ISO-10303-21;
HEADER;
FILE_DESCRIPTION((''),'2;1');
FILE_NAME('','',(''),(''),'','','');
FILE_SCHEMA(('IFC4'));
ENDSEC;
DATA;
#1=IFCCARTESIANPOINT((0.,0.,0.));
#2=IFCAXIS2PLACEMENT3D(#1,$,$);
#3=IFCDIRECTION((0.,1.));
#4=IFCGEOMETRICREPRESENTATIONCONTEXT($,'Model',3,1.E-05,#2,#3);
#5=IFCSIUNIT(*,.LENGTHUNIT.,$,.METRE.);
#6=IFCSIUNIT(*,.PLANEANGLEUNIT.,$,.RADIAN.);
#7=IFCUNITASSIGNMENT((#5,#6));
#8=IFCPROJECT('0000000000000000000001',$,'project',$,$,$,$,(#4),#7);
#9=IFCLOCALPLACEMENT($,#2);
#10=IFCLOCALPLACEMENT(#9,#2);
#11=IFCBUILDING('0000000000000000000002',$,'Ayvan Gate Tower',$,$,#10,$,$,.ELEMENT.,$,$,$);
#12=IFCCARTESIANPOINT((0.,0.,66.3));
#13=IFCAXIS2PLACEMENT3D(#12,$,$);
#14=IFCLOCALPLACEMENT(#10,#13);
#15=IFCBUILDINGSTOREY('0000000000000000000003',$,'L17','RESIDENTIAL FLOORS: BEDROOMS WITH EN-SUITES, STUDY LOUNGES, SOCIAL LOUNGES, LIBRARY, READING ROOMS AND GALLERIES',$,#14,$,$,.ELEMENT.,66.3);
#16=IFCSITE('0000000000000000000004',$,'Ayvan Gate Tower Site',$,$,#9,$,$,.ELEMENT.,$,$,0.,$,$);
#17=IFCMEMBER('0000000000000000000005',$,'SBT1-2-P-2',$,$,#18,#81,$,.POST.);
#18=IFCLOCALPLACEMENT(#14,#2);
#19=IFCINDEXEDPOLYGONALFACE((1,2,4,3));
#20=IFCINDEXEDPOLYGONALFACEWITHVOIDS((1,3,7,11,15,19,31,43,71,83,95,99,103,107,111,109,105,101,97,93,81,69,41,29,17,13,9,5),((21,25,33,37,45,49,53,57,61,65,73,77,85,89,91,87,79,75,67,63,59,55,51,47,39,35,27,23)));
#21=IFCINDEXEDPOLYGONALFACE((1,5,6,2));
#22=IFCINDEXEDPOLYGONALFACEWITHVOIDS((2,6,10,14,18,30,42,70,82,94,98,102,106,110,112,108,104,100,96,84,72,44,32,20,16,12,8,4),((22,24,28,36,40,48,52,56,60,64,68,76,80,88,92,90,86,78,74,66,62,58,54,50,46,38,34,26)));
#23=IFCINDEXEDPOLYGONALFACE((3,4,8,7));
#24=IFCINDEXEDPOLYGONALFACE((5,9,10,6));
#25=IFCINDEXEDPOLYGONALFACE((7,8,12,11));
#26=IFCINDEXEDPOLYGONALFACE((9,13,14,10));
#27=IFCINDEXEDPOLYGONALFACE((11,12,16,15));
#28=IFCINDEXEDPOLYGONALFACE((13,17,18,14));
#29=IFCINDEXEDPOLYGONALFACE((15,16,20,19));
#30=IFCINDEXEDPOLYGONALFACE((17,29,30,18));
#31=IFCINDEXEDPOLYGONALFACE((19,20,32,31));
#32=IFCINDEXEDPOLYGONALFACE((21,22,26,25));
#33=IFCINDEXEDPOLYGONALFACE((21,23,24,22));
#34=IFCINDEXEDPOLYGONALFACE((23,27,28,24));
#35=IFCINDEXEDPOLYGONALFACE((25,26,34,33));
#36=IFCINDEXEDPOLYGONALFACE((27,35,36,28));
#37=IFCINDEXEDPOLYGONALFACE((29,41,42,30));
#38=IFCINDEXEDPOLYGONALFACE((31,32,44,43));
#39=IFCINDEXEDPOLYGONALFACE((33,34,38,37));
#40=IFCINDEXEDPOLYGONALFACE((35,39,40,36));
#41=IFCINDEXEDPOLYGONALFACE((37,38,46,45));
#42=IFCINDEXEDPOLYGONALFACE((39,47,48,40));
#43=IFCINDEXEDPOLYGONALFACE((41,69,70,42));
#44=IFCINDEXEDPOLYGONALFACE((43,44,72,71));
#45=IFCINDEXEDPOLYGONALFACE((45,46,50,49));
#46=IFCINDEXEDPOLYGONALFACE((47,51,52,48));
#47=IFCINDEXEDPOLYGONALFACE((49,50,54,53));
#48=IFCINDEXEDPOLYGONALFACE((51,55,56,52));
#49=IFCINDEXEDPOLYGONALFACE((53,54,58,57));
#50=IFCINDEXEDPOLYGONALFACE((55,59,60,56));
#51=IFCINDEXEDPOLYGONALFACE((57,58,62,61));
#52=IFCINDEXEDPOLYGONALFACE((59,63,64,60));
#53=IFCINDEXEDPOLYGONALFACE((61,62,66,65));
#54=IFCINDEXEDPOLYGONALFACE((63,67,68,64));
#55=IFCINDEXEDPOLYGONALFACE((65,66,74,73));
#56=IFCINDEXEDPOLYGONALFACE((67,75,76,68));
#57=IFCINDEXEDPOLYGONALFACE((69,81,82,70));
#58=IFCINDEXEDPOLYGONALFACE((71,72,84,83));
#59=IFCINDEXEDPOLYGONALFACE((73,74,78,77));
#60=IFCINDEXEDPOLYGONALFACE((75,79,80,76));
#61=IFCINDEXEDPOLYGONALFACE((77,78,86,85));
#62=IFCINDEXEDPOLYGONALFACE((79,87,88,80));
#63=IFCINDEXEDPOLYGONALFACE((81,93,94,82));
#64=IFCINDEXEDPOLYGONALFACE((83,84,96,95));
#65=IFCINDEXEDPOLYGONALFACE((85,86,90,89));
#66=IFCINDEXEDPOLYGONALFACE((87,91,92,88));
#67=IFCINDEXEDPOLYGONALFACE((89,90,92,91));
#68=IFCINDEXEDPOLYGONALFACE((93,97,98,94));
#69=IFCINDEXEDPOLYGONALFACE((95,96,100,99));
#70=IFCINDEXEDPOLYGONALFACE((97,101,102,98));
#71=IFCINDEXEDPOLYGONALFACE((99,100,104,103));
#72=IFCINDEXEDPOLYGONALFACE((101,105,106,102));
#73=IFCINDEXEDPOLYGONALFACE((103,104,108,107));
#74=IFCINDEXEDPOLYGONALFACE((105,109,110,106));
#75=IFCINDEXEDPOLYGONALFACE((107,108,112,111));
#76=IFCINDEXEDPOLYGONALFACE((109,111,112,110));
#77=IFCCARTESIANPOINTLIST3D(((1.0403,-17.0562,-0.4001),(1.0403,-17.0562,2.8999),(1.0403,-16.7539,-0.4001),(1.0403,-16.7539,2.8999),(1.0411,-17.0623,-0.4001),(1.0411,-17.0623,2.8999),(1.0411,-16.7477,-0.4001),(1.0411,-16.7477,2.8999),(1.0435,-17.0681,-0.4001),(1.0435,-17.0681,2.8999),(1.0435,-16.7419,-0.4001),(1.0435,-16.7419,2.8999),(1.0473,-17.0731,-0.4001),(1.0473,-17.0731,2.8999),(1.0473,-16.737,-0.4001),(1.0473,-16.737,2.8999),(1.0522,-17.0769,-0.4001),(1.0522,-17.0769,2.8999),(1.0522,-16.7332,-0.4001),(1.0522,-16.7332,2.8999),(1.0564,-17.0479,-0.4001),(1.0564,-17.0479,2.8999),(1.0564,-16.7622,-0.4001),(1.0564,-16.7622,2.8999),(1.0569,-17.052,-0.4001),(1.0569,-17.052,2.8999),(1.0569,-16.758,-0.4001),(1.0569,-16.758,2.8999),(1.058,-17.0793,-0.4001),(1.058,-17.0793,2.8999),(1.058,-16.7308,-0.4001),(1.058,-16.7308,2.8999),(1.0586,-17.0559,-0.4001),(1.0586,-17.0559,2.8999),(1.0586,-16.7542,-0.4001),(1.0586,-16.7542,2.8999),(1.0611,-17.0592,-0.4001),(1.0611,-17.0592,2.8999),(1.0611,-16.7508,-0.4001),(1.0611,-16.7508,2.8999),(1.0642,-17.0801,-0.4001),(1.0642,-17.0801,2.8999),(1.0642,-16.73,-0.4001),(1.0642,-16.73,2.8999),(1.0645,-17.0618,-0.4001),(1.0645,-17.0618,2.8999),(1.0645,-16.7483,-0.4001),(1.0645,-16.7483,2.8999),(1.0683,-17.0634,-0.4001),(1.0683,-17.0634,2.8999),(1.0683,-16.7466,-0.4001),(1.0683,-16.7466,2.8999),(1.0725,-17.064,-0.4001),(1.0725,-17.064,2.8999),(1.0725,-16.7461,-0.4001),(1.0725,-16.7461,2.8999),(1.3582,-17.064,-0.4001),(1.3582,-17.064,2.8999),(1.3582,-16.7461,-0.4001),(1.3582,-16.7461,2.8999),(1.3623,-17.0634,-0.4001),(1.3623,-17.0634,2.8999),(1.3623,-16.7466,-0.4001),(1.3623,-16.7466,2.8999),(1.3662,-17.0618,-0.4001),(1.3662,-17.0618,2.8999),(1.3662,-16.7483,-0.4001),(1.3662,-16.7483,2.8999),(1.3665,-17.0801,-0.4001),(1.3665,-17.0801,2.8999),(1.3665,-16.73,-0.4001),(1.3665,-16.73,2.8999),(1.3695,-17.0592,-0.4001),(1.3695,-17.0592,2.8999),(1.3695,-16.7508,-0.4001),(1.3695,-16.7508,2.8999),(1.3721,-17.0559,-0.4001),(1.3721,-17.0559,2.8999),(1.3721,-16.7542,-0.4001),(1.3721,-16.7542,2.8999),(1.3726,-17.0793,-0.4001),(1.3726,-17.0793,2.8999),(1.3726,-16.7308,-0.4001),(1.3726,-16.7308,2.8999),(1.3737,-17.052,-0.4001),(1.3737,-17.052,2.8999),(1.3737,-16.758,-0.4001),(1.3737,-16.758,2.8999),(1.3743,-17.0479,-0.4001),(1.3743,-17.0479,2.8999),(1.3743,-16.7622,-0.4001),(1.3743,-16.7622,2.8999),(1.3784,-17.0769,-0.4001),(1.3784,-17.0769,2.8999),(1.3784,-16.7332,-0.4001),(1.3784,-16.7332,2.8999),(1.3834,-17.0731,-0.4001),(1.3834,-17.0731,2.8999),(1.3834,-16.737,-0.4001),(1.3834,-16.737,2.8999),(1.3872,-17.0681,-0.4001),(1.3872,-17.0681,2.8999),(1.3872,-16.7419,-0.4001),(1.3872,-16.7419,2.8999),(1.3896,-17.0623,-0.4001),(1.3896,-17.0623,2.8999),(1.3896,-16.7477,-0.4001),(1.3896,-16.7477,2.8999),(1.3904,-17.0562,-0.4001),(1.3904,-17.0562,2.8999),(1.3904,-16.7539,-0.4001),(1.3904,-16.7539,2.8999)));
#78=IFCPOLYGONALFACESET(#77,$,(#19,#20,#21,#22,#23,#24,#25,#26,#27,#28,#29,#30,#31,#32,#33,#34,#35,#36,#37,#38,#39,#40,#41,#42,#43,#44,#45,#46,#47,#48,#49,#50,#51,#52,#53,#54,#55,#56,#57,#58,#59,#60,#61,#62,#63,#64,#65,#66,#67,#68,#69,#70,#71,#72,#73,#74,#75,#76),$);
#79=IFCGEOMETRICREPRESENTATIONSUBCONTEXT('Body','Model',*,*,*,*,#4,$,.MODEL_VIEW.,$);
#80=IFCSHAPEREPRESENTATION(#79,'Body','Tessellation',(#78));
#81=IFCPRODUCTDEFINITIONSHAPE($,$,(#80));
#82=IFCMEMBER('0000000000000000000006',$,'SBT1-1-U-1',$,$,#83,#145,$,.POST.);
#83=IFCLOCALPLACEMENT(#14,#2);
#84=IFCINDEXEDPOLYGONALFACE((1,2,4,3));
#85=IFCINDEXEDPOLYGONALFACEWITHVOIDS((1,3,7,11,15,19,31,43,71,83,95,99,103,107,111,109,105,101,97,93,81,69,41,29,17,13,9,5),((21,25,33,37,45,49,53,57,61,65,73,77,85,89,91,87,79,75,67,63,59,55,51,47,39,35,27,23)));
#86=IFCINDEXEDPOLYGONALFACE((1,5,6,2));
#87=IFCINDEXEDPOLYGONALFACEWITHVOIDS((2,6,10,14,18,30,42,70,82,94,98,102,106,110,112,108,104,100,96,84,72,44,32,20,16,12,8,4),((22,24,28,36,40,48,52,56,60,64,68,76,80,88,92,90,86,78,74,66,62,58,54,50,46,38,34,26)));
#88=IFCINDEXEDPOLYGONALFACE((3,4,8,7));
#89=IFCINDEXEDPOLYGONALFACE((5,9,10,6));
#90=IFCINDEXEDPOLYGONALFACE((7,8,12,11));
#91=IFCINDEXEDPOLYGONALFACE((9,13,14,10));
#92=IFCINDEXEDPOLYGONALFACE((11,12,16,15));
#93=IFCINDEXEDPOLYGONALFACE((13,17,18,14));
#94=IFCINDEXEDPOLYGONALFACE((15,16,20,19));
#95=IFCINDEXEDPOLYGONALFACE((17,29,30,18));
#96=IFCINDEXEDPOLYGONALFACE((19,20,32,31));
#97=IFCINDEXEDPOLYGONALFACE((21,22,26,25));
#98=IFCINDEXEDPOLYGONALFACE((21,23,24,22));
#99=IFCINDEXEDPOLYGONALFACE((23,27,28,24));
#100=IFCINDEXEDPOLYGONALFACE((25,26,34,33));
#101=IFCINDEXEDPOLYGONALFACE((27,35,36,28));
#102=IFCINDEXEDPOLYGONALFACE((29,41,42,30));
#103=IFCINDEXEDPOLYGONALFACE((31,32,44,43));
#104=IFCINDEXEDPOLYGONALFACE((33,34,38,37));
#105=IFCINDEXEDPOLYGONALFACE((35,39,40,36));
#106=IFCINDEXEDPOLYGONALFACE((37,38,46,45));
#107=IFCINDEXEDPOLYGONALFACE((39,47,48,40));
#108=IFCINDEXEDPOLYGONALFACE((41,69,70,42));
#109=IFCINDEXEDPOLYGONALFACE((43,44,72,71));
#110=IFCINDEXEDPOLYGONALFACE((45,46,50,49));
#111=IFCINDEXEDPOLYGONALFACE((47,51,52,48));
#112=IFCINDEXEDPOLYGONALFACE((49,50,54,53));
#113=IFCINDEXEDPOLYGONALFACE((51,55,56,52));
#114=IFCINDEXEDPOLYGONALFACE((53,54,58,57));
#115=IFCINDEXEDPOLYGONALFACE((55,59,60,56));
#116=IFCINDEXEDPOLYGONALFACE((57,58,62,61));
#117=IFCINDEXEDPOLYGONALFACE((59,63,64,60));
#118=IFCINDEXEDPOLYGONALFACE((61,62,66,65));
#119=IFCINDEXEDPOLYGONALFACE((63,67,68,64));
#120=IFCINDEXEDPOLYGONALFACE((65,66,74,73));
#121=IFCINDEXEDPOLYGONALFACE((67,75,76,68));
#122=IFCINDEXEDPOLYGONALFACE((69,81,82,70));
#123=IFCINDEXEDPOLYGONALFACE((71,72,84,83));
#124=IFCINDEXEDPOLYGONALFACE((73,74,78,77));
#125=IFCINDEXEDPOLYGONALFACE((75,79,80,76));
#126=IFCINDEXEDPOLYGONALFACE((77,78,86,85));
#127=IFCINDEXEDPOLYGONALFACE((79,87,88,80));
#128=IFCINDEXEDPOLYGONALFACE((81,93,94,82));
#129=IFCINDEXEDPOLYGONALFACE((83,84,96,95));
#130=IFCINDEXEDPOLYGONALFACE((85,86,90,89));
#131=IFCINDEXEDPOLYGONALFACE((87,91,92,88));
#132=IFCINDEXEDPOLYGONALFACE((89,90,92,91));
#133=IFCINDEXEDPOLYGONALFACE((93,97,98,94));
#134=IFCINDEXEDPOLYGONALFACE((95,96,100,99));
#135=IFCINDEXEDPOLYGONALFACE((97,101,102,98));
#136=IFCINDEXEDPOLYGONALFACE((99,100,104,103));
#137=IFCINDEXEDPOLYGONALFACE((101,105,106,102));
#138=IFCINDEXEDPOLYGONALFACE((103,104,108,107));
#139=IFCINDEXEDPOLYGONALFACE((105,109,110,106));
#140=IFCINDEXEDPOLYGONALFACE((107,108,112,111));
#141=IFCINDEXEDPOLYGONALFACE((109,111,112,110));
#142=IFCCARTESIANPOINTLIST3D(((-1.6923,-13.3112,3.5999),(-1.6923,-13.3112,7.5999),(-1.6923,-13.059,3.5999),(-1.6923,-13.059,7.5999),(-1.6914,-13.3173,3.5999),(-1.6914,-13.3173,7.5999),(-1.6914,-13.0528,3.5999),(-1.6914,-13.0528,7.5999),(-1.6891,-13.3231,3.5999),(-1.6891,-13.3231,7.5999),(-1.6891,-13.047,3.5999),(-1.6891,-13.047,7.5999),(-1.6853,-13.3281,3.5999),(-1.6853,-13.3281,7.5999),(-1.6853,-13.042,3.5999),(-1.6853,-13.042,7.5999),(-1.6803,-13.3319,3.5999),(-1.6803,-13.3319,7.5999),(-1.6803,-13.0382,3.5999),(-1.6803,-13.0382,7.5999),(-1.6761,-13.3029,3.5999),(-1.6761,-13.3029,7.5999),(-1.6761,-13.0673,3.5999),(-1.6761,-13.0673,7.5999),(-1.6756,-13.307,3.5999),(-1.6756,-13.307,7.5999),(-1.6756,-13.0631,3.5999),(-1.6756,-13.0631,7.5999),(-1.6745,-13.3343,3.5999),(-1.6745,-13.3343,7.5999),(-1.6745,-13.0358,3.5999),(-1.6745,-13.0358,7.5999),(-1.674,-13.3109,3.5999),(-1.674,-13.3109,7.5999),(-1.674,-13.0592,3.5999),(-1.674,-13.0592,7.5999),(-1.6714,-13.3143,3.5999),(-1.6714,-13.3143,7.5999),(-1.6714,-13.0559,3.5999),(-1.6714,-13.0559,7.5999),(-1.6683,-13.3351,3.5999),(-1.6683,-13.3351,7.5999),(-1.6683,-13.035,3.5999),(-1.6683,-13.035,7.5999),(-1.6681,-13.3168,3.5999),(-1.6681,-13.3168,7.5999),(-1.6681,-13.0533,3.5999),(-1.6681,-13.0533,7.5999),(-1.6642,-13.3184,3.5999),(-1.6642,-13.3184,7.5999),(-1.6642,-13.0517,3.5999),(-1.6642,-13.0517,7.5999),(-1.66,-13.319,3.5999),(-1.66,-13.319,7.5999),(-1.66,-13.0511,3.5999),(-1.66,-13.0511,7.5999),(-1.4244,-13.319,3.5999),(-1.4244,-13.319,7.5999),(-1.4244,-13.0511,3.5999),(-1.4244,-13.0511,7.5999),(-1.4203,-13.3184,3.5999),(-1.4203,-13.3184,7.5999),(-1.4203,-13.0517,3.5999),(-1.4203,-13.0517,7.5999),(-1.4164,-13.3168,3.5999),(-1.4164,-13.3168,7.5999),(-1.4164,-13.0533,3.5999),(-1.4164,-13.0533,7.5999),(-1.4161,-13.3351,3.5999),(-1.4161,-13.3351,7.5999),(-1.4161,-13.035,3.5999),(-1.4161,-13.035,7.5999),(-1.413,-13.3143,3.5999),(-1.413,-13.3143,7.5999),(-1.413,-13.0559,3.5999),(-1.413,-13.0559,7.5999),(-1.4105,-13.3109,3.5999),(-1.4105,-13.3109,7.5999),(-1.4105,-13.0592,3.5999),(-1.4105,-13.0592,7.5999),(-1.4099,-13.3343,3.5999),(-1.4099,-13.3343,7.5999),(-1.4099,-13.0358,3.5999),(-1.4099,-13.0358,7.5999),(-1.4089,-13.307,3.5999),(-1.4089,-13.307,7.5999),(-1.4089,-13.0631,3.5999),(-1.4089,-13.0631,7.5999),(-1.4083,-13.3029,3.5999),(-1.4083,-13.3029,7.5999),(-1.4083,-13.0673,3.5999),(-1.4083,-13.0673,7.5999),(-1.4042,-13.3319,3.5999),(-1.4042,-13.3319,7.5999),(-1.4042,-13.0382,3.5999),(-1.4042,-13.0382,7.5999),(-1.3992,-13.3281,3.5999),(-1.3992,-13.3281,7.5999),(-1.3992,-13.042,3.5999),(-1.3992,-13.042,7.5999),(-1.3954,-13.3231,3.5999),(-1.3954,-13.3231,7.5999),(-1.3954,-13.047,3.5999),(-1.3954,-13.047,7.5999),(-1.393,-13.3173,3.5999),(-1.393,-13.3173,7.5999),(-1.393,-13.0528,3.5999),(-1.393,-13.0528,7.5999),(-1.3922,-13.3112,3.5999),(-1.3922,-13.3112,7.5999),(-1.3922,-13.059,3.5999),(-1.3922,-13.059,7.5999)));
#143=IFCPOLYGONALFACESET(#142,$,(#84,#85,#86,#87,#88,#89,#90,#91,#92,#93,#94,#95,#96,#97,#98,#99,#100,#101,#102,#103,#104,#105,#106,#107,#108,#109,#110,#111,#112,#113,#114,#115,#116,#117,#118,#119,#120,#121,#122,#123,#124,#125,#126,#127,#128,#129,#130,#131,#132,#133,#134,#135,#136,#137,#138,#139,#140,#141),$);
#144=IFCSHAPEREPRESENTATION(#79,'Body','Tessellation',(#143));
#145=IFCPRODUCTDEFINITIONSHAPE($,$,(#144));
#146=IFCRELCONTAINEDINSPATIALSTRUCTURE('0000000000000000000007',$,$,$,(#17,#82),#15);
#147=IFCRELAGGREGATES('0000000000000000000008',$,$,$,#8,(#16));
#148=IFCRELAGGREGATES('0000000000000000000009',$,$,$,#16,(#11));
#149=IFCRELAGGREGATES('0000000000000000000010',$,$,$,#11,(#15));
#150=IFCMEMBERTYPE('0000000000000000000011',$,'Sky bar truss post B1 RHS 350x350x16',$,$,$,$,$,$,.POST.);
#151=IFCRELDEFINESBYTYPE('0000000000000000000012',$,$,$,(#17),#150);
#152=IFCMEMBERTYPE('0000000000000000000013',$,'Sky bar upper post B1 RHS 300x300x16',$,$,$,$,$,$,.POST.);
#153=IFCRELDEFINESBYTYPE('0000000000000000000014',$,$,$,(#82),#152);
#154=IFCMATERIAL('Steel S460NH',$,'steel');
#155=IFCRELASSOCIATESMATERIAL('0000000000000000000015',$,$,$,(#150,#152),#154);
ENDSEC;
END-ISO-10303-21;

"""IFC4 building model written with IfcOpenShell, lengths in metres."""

from ifc_helpers import new_model, si_unit, direction, frame, origin, origin_2d, place, context, subcontext, project, spatial, hollow_rectangle, extrude, material, material_profile, profile_set, type_object, element, save


model = new_model("IFC4")

# Units and contexts
model_context = context("Model", 3, precision=1e-05, world=origin(), true_north=direction((0.0, 1.0)))
body_context = subcontext(model_context, "Body", "Model", "MODEL_VIEW")
ifc_project = project(units=[si_unit("LENGTHUNIT", "METRE"), si_unit("PLANEANGLEUNIT", "RADIAN")], contexts=[model_context])

# Site, building, storey
site_placement = place(None, origin())
site = spatial("IfcSite", under=ifc_project, at=site_placement, Name="Ayvan Gate Tower Site", CompositionType="ELEMENT", RefElevation=0.0)
building_placement = place(site_placement, origin())
building = spatial("IfcBuilding", under=site, at=building_placement, Name="Ayvan Gate Tower", CompositionType="ELEMENT")
storey_placement = place(building_placement, frame((0.0, 0.0, 66.3)))
storey = spatial("IfcBuildingStorey", under=building, at=storey_placement, Name="L17", Description="RESIDENTIAL FLOORS: BEDROOMS WITH EN-SUITES, STUDY LOUNGES, SOCIAL LOUNGES, LIBRARY, READING ROOMS AND GALLERIES", CompositionType="ELEMENT", Elevation=66.3)

# Members
ifc_material_1 = material(Name="Steel S460NH", Category="steel")
ifc_material_profile_1 = material_profile(ifc_material_1, hollow_rectangle(XDim=0.3501, YDim=0.3501, WallThickness=0.0161, InnerFilletRadius=0.0161, OuterFilletRadius=0.0239, at=origin_2d()), Name="RHS 350x350x16")
ifc_profile_set_1 = profile_set([ifc_material_profile_1], Name="Steel S460NH")
member_type_1 = type_object("IfcMemberType", Name="Sky bar truss post B1 RHS 350x350x16", PredefinedType="POST", material=ifc_profile_set_1)
for number, where, z_axis, x_axis, name in (
    (1, (1.2153, -16.905, -0.4001), (0.0, 0.0, 1.0), (1.0, 0.0, 0.0), "SBT1-2-P-2"),
):
    element("IfcMember", number, at=place(storey_placement, frame(where, z_axis=z_axis, x_axis=x_axis)), inside=storey, type_object=member_type_1, Name=name, PredefinedType="POST", context=body_context, shape_type="SweptSolid", body=[
        extrude(hollow_rectangle(XDim=0.3501, YDim=0.3501, WallThickness=0.0161, InnerFilletRadius=0.0161, OuterFilletRadius=0.0239, at=origin_2d()), origin(), (0.0, 0.0, 1.0), 3.3),
    ])
ifc_material_profile_2 = material_profile(ifc_material_1, hollow_rectangle(XDim=0.3, YDim=0.3, WallThickness=0.0161, InnerFilletRadius=0.0161, OuterFilletRadius=0.0239, at=origin_2d()), Name="RHS 300x300x16")
ifc_profile_set_2 = profile_set([ifc_material_profile_2], Name="Steel S460NH")
member_type_2 = type_object("IfcMemberType", Name="Sky bar upper post B1 RHS 300x300x16", PredefinedType="POST", material=ifc_profile_set_2)
for number, where, z_axis, x_axis, name in (
    (2, (-1.5422, -13.1851, 3.5999), (0.0, 0.0, 1.0), (1.0, 0.0, 0.0), "SBT1-1-U-1"),
):
    element("IfcMember", number, at=place(storey_placement, frame(where, z_axis=z_axis, x_axis=x_axis)), inside=storey, type_object=member_type_2, Name=name, PredefinedType="POST", context=body_context, shape_type="SweptSolid", body=[
        extrude(hollow_rectangle(XDim=0.3, YDim=0.3, WallThickness=0.0161, InnerFilletRadius=0.0161, OuterFilletRadius=0.0239, at=origin_2d()), origin(), (0.0, 0.0, 1.0), 4.0),
    ])

save(model, "model.ifc")
